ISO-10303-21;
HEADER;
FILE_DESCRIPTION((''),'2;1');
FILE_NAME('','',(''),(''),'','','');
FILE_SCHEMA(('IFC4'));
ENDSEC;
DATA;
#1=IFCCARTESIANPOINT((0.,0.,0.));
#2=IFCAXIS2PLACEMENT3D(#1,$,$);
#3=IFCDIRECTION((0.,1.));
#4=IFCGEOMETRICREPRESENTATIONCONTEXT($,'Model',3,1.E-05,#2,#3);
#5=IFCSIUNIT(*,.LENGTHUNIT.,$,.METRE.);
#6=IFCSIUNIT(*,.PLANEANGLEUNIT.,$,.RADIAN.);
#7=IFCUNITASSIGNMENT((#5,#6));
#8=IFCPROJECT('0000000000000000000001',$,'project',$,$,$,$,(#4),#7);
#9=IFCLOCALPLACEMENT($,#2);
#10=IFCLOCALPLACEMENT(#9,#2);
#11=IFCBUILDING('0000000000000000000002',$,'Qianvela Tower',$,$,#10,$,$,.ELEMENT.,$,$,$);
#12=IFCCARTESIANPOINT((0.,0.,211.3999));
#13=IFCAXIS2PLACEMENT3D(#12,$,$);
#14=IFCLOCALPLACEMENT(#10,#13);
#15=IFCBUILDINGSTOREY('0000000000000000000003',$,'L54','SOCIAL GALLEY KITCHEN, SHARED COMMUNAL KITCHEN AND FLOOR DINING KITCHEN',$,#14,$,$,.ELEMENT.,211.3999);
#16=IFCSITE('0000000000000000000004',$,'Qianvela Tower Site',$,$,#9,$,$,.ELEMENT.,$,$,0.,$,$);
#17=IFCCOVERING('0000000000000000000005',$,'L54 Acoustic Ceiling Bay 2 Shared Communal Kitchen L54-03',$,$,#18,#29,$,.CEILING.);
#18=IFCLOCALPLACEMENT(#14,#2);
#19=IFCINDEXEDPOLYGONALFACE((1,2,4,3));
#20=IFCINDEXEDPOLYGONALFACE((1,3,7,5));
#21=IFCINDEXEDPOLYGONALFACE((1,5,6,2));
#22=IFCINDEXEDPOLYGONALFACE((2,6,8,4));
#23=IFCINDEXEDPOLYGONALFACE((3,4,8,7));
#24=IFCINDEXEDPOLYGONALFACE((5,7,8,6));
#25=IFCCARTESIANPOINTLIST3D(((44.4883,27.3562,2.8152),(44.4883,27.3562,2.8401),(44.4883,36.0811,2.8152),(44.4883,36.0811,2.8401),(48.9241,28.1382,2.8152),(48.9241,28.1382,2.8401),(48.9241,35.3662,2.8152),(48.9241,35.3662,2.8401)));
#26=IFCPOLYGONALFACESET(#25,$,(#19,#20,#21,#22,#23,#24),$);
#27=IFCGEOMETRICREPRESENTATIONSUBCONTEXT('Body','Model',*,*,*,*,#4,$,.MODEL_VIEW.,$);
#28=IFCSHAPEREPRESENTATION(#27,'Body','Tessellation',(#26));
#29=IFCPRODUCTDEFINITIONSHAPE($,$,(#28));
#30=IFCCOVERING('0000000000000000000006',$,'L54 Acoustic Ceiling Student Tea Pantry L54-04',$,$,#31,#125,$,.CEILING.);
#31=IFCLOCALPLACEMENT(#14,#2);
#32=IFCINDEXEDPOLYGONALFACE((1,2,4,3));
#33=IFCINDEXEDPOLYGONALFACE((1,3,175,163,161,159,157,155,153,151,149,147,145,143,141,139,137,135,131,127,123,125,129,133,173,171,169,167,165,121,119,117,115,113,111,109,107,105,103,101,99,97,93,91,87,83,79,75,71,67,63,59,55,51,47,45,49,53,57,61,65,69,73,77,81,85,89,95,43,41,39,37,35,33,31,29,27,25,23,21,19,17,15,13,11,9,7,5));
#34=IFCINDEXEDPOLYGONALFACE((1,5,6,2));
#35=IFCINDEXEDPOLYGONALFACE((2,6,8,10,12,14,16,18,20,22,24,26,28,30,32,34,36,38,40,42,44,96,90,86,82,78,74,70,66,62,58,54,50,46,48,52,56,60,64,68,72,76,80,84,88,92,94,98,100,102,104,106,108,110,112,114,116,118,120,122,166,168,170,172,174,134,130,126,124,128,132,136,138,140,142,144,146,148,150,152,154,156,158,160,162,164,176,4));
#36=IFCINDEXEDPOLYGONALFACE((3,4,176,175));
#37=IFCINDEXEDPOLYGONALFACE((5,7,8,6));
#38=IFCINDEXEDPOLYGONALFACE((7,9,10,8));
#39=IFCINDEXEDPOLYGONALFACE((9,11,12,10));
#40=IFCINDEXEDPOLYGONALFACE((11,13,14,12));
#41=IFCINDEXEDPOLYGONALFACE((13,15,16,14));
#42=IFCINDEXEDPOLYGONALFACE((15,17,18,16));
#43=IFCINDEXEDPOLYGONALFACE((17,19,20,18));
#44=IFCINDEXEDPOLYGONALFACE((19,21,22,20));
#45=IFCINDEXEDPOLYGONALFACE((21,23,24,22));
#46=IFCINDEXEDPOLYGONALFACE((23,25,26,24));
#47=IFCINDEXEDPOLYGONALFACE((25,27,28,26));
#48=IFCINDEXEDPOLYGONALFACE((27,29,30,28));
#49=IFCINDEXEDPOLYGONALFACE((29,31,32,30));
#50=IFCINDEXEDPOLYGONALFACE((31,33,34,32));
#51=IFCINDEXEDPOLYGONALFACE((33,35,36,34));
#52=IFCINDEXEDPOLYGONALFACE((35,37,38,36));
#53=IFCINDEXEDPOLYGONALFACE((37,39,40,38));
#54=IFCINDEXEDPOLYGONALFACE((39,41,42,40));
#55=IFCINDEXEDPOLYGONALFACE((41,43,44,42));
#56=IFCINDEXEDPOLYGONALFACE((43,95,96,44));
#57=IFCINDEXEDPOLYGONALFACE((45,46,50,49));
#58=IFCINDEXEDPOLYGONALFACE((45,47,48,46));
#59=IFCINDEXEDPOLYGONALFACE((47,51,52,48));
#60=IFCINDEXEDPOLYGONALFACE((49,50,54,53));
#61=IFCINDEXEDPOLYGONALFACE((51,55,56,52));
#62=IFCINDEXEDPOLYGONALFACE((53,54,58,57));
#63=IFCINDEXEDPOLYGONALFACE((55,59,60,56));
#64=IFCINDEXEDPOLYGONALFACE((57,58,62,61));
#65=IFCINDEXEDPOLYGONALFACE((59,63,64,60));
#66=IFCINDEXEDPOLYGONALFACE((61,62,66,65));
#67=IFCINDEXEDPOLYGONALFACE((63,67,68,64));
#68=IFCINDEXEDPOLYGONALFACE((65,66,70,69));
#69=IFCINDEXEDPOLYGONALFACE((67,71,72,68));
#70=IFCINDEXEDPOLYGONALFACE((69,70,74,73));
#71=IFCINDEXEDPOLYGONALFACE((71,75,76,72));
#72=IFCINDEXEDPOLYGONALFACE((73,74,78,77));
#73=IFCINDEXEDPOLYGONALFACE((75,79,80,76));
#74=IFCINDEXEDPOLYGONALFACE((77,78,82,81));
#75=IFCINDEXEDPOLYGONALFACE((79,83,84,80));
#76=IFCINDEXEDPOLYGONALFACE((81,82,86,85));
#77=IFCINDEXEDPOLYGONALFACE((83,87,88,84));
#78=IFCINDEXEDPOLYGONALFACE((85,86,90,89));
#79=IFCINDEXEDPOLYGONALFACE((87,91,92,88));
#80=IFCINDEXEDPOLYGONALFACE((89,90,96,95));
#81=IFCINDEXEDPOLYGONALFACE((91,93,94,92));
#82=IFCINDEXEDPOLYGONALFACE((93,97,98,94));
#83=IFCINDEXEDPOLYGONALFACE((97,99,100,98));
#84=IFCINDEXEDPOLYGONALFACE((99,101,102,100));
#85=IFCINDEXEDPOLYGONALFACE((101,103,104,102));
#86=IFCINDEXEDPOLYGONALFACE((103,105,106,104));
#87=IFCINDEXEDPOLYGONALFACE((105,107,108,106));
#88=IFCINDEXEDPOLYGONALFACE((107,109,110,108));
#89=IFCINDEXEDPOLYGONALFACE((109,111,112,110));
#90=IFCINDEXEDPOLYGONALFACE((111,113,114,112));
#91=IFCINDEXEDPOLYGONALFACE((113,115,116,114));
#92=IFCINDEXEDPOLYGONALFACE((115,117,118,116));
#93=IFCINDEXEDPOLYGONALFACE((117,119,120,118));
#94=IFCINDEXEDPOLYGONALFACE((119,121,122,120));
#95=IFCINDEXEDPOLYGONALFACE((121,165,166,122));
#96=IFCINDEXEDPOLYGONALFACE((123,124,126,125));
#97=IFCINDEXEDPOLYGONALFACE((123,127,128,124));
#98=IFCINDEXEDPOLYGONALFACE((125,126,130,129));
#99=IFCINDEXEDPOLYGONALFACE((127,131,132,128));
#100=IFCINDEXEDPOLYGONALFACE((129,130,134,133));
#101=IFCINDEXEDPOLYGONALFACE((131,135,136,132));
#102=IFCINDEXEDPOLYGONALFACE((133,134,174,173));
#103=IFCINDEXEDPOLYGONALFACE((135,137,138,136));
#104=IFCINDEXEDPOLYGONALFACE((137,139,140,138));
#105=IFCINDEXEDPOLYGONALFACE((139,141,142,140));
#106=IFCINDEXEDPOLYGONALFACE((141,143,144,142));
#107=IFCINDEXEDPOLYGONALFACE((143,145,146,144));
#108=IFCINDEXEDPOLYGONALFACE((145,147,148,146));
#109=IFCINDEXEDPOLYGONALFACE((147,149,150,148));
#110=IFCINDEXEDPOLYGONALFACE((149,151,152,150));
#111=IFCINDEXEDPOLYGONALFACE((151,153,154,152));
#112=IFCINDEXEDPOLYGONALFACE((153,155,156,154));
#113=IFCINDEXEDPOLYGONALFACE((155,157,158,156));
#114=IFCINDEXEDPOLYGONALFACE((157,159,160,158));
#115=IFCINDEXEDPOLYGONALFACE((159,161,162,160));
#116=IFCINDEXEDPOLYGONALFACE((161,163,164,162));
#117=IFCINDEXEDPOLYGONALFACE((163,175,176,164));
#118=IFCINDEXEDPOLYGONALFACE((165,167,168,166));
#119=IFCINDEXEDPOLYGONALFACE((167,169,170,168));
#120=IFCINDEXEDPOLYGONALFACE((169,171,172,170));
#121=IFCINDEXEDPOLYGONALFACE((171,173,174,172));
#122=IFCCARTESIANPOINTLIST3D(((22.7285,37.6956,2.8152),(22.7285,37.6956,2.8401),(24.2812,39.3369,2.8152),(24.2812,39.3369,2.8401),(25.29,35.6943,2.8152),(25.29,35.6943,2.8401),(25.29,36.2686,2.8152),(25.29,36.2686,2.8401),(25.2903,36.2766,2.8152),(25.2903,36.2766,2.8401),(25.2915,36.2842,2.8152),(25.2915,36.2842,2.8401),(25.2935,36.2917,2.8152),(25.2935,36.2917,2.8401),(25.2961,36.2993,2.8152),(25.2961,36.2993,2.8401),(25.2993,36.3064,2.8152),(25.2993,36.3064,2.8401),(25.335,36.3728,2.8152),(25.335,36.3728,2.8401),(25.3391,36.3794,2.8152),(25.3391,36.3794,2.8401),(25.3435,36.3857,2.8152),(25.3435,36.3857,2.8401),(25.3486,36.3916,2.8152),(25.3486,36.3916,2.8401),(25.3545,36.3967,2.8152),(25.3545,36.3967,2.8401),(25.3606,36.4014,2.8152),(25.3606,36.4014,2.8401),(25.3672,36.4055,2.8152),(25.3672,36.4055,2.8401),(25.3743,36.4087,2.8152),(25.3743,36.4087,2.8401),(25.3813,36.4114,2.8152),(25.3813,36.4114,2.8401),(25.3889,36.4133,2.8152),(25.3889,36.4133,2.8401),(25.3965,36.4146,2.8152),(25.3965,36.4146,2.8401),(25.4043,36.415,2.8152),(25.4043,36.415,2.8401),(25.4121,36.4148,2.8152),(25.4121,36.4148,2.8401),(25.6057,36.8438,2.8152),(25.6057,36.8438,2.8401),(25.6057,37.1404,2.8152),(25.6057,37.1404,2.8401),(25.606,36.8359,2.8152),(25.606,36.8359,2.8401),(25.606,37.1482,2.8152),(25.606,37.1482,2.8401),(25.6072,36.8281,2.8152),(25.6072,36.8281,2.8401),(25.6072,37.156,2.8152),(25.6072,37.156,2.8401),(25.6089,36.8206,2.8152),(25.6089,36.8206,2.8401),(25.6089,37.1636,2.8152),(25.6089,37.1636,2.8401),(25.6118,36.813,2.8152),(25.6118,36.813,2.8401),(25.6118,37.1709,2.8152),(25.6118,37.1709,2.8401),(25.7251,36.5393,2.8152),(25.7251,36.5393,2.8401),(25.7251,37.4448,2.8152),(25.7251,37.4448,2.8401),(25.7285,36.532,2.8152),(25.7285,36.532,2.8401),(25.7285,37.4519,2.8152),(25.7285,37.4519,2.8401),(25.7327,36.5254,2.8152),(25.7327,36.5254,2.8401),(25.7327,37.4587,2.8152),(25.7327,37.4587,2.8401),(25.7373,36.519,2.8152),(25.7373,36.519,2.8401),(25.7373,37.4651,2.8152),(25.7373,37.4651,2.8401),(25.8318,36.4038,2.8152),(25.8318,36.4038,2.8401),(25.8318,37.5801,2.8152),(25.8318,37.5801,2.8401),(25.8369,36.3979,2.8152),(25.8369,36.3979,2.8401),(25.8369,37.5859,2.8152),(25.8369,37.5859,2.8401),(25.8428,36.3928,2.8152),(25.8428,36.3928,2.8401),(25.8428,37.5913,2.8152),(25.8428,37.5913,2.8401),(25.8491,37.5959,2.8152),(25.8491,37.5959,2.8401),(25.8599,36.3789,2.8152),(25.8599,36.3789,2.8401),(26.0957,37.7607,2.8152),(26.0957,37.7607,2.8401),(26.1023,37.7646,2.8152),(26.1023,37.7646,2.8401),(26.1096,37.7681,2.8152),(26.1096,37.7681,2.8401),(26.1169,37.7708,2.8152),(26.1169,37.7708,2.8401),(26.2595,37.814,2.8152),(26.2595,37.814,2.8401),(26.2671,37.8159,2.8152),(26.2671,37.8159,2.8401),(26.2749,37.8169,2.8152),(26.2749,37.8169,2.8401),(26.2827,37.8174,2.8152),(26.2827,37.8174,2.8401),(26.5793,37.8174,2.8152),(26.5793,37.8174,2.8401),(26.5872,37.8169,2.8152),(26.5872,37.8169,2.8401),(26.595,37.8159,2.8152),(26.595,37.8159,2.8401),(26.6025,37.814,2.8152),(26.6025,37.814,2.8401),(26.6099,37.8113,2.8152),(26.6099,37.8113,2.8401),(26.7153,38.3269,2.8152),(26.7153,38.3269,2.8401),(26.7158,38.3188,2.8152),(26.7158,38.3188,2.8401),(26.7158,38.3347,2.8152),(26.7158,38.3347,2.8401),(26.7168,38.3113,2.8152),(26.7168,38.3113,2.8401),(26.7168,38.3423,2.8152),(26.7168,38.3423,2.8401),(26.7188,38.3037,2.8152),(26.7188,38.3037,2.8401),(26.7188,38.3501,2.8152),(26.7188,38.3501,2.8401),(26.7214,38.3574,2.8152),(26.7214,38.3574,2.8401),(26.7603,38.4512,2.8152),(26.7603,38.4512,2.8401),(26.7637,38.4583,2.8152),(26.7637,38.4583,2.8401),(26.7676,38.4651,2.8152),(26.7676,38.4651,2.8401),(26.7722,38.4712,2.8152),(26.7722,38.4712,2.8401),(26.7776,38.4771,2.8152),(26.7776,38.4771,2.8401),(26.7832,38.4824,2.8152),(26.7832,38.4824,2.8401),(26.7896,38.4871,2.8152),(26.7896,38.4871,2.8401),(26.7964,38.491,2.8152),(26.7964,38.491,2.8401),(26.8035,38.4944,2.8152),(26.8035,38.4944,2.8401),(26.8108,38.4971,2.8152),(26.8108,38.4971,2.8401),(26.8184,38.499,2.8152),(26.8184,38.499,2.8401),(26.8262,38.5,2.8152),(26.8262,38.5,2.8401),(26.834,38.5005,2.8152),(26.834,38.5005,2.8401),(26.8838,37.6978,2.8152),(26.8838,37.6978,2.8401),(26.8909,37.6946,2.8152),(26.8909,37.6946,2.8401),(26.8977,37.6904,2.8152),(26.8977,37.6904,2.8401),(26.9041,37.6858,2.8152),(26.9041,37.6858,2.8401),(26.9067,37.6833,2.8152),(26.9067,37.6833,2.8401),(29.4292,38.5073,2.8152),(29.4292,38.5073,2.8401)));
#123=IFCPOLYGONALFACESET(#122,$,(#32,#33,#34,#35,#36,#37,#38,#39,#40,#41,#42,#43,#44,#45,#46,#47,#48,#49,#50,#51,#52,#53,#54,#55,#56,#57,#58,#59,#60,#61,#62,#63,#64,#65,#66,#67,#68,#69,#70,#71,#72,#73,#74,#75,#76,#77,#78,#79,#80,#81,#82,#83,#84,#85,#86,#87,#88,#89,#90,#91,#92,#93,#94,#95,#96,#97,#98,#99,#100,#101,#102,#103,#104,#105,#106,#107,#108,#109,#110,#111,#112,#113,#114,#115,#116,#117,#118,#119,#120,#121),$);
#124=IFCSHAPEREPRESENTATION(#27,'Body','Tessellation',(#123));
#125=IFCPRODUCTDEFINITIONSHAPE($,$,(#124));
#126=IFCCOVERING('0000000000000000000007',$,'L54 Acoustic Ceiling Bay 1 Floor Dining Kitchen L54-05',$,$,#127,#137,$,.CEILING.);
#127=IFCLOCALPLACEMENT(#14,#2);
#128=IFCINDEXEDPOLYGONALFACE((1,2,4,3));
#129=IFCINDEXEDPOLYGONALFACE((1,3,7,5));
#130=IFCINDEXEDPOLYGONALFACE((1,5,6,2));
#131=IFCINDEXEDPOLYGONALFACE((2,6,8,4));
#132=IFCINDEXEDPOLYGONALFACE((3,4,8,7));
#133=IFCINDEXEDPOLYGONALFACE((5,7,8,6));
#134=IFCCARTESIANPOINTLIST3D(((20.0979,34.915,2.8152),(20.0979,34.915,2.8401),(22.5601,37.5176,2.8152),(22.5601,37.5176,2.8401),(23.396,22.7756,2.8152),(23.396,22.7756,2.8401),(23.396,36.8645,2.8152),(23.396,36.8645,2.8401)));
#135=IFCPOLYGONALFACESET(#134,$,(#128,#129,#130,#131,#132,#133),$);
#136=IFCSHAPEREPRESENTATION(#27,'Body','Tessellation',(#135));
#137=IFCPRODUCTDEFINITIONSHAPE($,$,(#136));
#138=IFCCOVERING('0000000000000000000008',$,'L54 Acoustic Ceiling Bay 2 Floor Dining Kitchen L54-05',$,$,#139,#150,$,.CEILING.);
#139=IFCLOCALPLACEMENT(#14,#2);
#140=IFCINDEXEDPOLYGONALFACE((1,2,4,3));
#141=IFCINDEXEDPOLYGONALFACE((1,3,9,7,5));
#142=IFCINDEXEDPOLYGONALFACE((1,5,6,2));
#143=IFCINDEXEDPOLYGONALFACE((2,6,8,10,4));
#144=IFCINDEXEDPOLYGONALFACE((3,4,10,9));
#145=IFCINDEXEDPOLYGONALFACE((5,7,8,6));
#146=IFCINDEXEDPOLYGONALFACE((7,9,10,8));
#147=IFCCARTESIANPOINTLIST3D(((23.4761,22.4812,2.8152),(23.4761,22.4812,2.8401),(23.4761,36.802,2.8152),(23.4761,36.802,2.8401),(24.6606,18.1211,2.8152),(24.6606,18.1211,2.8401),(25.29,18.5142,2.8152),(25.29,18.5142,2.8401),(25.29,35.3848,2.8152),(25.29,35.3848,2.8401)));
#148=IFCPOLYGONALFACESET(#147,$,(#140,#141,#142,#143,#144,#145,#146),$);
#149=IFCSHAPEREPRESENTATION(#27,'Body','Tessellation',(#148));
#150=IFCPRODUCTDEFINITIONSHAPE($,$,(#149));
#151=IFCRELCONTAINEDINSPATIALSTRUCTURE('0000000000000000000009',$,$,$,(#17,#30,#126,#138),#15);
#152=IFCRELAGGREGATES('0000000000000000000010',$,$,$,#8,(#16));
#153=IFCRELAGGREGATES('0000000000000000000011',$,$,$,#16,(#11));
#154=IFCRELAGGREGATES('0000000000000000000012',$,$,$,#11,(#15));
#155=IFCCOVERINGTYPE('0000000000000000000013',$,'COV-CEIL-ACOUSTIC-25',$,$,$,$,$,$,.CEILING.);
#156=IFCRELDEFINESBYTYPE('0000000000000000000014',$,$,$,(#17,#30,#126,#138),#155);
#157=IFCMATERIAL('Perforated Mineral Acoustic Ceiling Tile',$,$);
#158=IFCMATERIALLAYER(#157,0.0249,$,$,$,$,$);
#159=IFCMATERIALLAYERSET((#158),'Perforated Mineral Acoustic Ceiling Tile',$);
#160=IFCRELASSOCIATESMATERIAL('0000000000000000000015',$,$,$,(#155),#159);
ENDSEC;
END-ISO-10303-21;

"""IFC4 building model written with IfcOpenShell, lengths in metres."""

from ifc_helpers import new_model, si_unit, direction, frame, origin, place, context, subcontext, project, spatial, polyline, outline, extrude, material, layer, layer_set, type_object, element, save


model = new_model("IFC4")

# Units and contexts
model_context = context("Model", 3, precision=1e-05, world=origin(), true_north=direction((0.0, 1.0)))
body_context = subcontext(model_context, "Body", "Model", "MODEL_VIEW")
ifc_project = project(units=[si_unit("LENGTHUNIT", "METRE"), si_unit("PLANEANGLEUNIT", "RADIAN")], contexts=[model_context])

# Site, building, storey
site_placement = place(None, origin())
site = spatial("IfcSite", under=ifc_project, at=site_placement, Name="Qianvela Tower Site", CompositionType="ELEMENT", RefElevation=0.0)
building_placement = place(site_placement, origin())
building = spatial("IfcBuilding", under=site, at=building_placement, Name="Qianvela Tower", CompositionType="ELEMENT")
storey_placement = place(building_placement, frame((0.0, 0.0, 211.3999)))
storey = spatial("IfcBuildingStorey", under=building, at=storey_placement, Name="L54", Description="SOCIAL GALLEY KITCHEN, SHARED COMMUNAL KITCHEN AND FLOOR DINING KITCHEN", CompositionType="ELEMENT", Elevation=211.3999)

# Coverings
ifc_material_1 = material(Name="Perforated Mineral Acoustic Ceiling Tile")
ifc_layer_1 = layer(ifc_material_1, 0.0249)
ifc_layer_set_1 = layer_set([ifc_layer_1], Name="Perforated Mineral Acoustic Ceiling Tile")
covering_type_1 = type_object("IfcCoveringType", Name="COV-CEIL-ACOUSTIC-25", PredefinedType="CEILING", material=ifc_layer_set_1)
covering_1_placement = place(storey_placement, frame((0.0, 0.0, 2.8152)))
element("IfcCovering", 1, at=covering_1_placement, inside=storey, type_object=covering_type_1, Name="L54 Acoustic Ceiling Bay 2 Shared Communal Kitchen L54-03", PredefinedType="CEILING", context=body_context, shape_type="SweptSolid", body=[
    extrude(outline(polyline([(48.9241, 35.3662), (48.9241, 28.1382), (44.4883, 27.3562), (44.4883, 36.0811), (48.9241, 35.3662)])), origin(), (0.0, 0.0, 1.0), 0.0249),
])
covering_2_placement = place(storey_placement, frame((0.0, 0.0, 2.8152)))
element("IfcCovering", 2, at=covering_2_placement, inside=storey, type_object=covering_type_1, Name="L54 Acoustic Ceiling Student Tea Pantry L54-04", PredefinedType="CEILING", context=body_context, shape_type="SweptSolid", body=[
    extrude(outline(polyline([(25.8599, 36.3789), (25.4121, 36.4148), (25.4043, 36.415), (25.3965, 36.4146), (25.3889, 36.4133), (25.3813, 36.4114), (25.3743, 36.4087), (25.3672, 36.4055), (25.3606, 36.4014), (25.3545, 36.3967), (25.3486, 36.3916), (25.3435, 36.3857), (25.3391, 36.3794), (25.335, 36.3728), (25.2993, 36.3064), (25.2961, 36.2993), (25.2935, 36.2917), (25.2915, 36.2842), (25.2903, 36.2766), (25.29, 36.2686), (25.29, 35.6943), (22.7285, 37.6956), (24.2812, 39.3369), (29.4292, 38.5073), (26.834, 38.5005), (26.8262, 38.5), (26.8184, 38.499), (26.8108, 38.4971), (26.8035, 38.4944), (26.7964, 38.491), (26.7896, 38.4871), (26.7832, 38.4824), (26.7776, 38.4771), (26.7722, 38.4712), (26.7676, 38.4651), (26.7637, 38.4583), (26.7603, 38.4512), (26.7214, 38.3574), (26.7188, 38.3501), (26.7168, 38.3423), (26.7158, 38.3347), (26.7153, 38.3269), (26.7158, 38.3188), (26.7168, 38.3113), (26.7188, 38.3037), (26.9067, 37.6833), (26.9041, 37.6858), (26.8977, 37.6904), (26.8909, 37.6946), (26.8838, 37.6978), (26.6099, 37.8113), (26.6025, 37.814), (26.595, 37.8159), (26.5872, 37.8169), (26.5793, 37.8174), (26.2827, 37.8174), (26.2749, 37.8169), (26.2671, 37.8159), (26.2595, 37.814), (26.1169, 37.7708), (26.1096, 37.7681), (26.1023, 37.7646), (26.0957, 37.7607), (25.8491, 37.5959), (25.8428, 37.5913), (25.8369, 37.5859), (25.8318, 37.5801), (25.7373, 37.4651), (25.7327, 37.4587), (25.7285, 37.4519), (25.7251, 37.4448), (25.6118, 37.1709), (25.6089, 37.1636), (25.6072, 37.156), (25.606, 37.1482), (25.6057, 37.1404), (25.6057, 36.8438), (25.606, 36.8359), (25.6072, 36.8281), (25.6089, 36.8206), (25.6118, 36.813), (25.7251, 36.5393), (25.7285, 36.532), (25.7327, 36.5254), (25.7373, 36.519), (25.8318, 36.4038), (25.8369, 36.3979), (25.8428, 36.3928), (25.8599, 36.3789)])), origin(), (0.0, 0.0, 1.0), 0.0249),
])
covering_3_placement = place(storey_placement, frame((0.0, 0.0, 2.8152)))
element("IfcCovering", 3, at=covering_3_placement, inside=storey, type_object=covering_type_1, Name="L54 Acoustic Ceiling Bay 1 Floor Dining Kitchen L54-05", PredefinedType="CEILING", context=body_context, shape_type="SweptSolid", body=[
    extrude(outline(polyline([(23.396, 36.8645), (23.396, 22.7756), (20.0979, 34.915), (22.5601, 37.5176), (23.396, 36.8645)])), origin(), (0.0, 0.0, 1.0), 0.0249),
])
covering_4_placement = place(storey_placement, frame((0.0, 0.0, 2.8152)))
element("IfcCovering", 4, at=covering_4_placement, inside=storey, type_object=covering_type_1, Name="L54 Acoustic Ceiling Bay 2 Floor Dining Kitchen L54-05", PredefinedType="CEILING", context=body_context, shape_type="SweptSolid", body=[
    extrude(outline(polyline([(25.29, 35.3848), (25.29, 18.5142), (24.6606, 18.1211), (23.4761, 22.4812), (23.4761, 36.802), (25.29, 35.3848)])), origin(), (0.0, 0.0, 1.0), 0.0249),
])

save(model, "model.ifc")
